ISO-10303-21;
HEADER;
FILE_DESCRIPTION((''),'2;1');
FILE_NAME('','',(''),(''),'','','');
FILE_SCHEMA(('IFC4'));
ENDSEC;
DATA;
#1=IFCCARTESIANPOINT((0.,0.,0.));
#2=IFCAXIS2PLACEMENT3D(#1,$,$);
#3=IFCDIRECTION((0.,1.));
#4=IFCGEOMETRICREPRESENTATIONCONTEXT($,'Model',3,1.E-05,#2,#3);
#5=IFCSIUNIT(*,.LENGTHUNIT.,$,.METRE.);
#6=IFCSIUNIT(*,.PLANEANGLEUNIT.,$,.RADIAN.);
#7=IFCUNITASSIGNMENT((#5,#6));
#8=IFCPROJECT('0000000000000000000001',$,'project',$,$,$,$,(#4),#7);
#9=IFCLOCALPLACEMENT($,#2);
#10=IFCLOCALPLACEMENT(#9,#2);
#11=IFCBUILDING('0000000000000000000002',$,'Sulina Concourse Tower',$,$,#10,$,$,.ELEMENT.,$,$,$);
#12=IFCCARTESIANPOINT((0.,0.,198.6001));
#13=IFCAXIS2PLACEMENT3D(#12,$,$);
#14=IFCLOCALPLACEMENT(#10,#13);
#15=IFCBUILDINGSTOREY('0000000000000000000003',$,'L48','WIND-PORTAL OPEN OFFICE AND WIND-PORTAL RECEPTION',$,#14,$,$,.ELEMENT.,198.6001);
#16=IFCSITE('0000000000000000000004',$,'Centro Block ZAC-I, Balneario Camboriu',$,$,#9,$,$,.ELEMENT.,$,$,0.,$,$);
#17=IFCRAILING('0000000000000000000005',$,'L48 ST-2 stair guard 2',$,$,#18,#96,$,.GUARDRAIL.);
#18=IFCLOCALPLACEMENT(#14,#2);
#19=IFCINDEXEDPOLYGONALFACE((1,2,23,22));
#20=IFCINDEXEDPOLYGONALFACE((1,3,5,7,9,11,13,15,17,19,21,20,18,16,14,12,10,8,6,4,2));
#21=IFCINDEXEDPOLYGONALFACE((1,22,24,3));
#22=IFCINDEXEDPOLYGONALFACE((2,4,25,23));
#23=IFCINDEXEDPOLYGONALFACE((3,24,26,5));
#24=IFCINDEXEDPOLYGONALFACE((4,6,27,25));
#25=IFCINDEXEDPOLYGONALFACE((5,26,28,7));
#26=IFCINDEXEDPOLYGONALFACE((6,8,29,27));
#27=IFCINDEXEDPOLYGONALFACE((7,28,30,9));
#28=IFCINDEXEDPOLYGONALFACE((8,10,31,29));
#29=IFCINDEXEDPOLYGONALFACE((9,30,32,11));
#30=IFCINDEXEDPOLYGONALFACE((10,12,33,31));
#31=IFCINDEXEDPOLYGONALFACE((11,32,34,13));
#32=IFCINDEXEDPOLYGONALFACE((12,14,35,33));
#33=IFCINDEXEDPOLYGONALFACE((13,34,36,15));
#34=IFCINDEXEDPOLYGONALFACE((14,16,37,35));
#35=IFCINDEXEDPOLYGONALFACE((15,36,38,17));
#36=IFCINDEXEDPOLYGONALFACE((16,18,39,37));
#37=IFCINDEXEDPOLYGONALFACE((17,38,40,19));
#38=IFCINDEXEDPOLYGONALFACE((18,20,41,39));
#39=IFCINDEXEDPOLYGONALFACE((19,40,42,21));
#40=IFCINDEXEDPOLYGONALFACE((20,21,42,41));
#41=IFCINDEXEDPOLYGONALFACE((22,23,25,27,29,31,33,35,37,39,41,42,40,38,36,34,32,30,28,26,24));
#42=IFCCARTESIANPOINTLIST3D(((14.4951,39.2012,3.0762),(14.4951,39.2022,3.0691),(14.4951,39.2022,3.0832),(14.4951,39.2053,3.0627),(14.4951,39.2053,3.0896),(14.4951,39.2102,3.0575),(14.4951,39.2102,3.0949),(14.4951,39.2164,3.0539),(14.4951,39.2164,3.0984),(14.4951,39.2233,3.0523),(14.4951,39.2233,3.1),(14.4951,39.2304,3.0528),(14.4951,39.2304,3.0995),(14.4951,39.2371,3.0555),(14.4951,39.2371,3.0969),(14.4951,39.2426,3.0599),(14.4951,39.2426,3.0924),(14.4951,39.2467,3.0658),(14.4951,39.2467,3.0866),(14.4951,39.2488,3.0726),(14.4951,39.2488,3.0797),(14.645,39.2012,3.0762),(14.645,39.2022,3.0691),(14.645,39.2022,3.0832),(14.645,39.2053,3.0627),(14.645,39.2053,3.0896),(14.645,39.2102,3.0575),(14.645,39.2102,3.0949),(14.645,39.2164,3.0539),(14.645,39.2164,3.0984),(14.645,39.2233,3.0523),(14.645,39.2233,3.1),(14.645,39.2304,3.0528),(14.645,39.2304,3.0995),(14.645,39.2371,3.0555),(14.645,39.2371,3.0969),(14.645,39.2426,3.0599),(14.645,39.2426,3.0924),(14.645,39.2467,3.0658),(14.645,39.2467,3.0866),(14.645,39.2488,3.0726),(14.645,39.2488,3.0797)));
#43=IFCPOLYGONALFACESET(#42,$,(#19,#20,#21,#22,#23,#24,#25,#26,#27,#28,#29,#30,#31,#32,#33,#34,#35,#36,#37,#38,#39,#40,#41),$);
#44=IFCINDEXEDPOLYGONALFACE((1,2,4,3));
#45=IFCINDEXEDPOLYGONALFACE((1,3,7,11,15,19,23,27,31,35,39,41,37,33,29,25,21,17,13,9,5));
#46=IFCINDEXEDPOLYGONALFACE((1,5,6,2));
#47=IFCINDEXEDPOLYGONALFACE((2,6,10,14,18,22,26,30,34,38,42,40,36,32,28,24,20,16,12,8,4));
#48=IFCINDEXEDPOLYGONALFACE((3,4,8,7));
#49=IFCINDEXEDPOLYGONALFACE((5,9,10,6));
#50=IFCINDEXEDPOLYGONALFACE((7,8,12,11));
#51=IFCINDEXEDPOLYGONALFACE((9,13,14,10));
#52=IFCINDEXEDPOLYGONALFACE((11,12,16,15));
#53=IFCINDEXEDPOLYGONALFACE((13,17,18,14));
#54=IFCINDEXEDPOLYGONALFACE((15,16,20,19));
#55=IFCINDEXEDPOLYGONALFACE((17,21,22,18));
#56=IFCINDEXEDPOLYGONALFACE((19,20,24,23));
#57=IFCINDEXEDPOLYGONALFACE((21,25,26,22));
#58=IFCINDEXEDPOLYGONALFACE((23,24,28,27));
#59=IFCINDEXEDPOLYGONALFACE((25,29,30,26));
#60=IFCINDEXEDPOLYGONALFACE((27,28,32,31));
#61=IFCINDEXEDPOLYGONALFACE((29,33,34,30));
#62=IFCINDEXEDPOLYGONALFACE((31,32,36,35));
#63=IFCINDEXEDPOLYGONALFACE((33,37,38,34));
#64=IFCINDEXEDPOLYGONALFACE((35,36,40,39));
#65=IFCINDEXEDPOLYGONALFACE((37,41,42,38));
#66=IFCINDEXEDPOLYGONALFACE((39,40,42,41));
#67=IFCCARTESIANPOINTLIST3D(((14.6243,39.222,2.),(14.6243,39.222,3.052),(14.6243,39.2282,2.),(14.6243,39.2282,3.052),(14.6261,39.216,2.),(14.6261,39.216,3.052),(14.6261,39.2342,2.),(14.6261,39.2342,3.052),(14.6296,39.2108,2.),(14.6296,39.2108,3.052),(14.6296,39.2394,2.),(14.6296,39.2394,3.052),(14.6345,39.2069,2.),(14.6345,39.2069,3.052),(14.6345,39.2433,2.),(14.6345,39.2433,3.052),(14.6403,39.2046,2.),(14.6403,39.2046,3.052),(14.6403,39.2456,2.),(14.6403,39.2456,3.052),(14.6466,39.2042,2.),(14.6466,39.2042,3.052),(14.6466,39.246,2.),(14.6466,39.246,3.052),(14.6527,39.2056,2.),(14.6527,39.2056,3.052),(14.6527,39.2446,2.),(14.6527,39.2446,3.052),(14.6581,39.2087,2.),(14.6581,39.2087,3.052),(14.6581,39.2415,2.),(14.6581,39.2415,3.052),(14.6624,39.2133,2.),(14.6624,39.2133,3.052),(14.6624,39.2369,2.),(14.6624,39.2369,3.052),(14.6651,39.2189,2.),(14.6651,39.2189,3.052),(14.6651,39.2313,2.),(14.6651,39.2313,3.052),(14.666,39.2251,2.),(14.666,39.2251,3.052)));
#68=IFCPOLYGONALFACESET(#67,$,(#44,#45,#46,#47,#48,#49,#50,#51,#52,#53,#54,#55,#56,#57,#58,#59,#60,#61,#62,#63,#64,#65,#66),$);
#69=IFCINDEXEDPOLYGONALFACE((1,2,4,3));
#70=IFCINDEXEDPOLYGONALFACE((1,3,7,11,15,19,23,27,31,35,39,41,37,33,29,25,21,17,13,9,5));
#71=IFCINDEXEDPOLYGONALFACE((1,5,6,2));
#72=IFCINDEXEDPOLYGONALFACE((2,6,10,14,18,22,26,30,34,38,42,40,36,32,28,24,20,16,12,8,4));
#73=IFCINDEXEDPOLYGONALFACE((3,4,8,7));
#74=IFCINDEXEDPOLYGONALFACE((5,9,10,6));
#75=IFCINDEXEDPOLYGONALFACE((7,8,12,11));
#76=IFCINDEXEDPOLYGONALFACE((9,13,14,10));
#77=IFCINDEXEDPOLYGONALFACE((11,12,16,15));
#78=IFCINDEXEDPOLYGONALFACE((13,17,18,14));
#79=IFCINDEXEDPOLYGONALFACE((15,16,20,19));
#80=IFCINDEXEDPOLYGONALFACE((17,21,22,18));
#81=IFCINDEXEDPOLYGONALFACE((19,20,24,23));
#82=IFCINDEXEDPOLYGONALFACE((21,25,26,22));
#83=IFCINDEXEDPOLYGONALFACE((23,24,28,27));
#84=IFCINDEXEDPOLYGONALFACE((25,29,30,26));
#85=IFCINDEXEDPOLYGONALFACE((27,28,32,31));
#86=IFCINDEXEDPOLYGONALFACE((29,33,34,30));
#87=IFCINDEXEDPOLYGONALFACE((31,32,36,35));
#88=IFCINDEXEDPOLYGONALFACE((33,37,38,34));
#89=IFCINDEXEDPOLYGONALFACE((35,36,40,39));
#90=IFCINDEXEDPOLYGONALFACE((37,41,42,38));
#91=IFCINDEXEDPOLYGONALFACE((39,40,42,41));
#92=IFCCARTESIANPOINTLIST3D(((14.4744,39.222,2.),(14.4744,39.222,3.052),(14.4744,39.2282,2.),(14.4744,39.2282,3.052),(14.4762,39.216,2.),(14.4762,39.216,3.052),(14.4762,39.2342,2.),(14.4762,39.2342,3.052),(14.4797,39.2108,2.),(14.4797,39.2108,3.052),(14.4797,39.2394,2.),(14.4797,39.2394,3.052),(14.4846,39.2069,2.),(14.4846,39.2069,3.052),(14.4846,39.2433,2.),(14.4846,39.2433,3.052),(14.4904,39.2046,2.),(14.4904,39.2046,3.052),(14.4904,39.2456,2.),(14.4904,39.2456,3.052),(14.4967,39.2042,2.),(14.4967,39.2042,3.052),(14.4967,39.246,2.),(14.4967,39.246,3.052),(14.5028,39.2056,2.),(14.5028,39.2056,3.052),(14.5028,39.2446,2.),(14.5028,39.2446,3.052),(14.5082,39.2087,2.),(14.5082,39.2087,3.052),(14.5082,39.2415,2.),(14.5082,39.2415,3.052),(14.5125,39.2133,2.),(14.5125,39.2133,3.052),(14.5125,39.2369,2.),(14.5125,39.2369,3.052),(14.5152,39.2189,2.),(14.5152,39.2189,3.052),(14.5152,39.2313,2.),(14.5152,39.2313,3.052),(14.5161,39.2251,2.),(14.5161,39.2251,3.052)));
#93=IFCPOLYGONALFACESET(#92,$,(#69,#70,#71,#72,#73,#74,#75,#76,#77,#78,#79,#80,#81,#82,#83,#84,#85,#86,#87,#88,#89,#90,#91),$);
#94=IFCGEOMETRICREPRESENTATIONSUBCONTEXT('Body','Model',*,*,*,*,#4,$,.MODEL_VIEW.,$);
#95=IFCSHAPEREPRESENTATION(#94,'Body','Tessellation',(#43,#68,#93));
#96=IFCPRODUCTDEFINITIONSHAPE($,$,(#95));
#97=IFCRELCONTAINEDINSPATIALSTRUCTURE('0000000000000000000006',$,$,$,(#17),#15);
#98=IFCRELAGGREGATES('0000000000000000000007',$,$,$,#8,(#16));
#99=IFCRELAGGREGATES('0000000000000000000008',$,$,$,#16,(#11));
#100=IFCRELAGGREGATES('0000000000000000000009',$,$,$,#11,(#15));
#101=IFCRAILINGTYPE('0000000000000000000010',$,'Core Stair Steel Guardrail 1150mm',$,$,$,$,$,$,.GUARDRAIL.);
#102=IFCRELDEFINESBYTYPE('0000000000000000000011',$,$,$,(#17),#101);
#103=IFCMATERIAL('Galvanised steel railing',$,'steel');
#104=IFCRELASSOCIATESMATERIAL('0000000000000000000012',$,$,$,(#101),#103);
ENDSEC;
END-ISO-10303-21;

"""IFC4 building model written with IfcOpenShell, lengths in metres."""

from ifc_helpers import new_model, si_unit, direction, frame, origin, origin_2d, place, context, subcontext, project, spatial, circle, extrude, material, type_object, element, save


model = new_model("IFC4")

# Units and contexts
model_context = context("Model", 3, precision=1e-05, world=origin(), true_north=direction((0.0, 1.0)))
body_context = subcontext(model_context, "Body", "Model", "MODEL_VIEW")
ifc_project = project(units=[si_unit("LENGTHUNIT", "METRE"), si_unit("PLANEANGLEUNIT", "RADIAN")], contexts=[model_context])

# Site, building, storey
site_placement = place(None, origin())
site = spatial("IfcSite", under=ifc_project, at=site_placement, Name="Centro Block ZAC-I, Balneario Camboriu", CompositionType="ELEMENT", RefElevation=0.0)
building_placement = place(site_placement, origin())
building = spatial("IfcBuilding", under=site, at=building_placement, Name="Sulina Concourse Tower", CompositionType="ELEMENT")
storey_placement = place(building_placement, frame((0.0, 0.0, 198.6001)))
storey = spatial("IfcBuildingStorey", under=building, at=storey_placement, Name="L48", Description="WIND-PORTAL OPEN OFFICE AND WIND-PORTAL RECEPTION", CompositionType="ELEMENT", Elevation=198.6001)

# Railing
ifc_material_1 = material(Name="Galvanised steel railing", Category="steel")
railing_type_1 = type_object("IfcRailingType", Name="Core Stair Steel Guardrail 1150mm", PredefinedType="GUARDRAIL", material=ifc_material_1)
railing_1_placement = place(storey_placement, frame((14.645, 39.2251, 2.0)))
element("IfcRailing", 1, at=railing_1_placement, inside=storey, type_object=railing_type_1, Name="L48 ST-2 stair guard 2", PredefinedType="GUARDRAIL", context=body_context, shape_type="SweptSolid", body=[
    extrude(circle(Radius=0.0239, at=origin_2d()), frame((0.0, 0.0, 1.0762), z_axis=(-1.0, 0.0, 0.0), x_axis=(0.0, -1.0, 0.0)), (0.0, 0.0, 1.0), 0.1499),
    extrude(circle(Radius=0.021, at=origin_2d()), origin(), (0.0, 0.0, 1.0), 1.052),
    extrude(circle(Radius=0.021, at=origin_2d()), frame((-0.1499, 0.0, 0.0)), (0.0, 0.0, 1.0), 1.052),
])

save(model, "model.ifc")
